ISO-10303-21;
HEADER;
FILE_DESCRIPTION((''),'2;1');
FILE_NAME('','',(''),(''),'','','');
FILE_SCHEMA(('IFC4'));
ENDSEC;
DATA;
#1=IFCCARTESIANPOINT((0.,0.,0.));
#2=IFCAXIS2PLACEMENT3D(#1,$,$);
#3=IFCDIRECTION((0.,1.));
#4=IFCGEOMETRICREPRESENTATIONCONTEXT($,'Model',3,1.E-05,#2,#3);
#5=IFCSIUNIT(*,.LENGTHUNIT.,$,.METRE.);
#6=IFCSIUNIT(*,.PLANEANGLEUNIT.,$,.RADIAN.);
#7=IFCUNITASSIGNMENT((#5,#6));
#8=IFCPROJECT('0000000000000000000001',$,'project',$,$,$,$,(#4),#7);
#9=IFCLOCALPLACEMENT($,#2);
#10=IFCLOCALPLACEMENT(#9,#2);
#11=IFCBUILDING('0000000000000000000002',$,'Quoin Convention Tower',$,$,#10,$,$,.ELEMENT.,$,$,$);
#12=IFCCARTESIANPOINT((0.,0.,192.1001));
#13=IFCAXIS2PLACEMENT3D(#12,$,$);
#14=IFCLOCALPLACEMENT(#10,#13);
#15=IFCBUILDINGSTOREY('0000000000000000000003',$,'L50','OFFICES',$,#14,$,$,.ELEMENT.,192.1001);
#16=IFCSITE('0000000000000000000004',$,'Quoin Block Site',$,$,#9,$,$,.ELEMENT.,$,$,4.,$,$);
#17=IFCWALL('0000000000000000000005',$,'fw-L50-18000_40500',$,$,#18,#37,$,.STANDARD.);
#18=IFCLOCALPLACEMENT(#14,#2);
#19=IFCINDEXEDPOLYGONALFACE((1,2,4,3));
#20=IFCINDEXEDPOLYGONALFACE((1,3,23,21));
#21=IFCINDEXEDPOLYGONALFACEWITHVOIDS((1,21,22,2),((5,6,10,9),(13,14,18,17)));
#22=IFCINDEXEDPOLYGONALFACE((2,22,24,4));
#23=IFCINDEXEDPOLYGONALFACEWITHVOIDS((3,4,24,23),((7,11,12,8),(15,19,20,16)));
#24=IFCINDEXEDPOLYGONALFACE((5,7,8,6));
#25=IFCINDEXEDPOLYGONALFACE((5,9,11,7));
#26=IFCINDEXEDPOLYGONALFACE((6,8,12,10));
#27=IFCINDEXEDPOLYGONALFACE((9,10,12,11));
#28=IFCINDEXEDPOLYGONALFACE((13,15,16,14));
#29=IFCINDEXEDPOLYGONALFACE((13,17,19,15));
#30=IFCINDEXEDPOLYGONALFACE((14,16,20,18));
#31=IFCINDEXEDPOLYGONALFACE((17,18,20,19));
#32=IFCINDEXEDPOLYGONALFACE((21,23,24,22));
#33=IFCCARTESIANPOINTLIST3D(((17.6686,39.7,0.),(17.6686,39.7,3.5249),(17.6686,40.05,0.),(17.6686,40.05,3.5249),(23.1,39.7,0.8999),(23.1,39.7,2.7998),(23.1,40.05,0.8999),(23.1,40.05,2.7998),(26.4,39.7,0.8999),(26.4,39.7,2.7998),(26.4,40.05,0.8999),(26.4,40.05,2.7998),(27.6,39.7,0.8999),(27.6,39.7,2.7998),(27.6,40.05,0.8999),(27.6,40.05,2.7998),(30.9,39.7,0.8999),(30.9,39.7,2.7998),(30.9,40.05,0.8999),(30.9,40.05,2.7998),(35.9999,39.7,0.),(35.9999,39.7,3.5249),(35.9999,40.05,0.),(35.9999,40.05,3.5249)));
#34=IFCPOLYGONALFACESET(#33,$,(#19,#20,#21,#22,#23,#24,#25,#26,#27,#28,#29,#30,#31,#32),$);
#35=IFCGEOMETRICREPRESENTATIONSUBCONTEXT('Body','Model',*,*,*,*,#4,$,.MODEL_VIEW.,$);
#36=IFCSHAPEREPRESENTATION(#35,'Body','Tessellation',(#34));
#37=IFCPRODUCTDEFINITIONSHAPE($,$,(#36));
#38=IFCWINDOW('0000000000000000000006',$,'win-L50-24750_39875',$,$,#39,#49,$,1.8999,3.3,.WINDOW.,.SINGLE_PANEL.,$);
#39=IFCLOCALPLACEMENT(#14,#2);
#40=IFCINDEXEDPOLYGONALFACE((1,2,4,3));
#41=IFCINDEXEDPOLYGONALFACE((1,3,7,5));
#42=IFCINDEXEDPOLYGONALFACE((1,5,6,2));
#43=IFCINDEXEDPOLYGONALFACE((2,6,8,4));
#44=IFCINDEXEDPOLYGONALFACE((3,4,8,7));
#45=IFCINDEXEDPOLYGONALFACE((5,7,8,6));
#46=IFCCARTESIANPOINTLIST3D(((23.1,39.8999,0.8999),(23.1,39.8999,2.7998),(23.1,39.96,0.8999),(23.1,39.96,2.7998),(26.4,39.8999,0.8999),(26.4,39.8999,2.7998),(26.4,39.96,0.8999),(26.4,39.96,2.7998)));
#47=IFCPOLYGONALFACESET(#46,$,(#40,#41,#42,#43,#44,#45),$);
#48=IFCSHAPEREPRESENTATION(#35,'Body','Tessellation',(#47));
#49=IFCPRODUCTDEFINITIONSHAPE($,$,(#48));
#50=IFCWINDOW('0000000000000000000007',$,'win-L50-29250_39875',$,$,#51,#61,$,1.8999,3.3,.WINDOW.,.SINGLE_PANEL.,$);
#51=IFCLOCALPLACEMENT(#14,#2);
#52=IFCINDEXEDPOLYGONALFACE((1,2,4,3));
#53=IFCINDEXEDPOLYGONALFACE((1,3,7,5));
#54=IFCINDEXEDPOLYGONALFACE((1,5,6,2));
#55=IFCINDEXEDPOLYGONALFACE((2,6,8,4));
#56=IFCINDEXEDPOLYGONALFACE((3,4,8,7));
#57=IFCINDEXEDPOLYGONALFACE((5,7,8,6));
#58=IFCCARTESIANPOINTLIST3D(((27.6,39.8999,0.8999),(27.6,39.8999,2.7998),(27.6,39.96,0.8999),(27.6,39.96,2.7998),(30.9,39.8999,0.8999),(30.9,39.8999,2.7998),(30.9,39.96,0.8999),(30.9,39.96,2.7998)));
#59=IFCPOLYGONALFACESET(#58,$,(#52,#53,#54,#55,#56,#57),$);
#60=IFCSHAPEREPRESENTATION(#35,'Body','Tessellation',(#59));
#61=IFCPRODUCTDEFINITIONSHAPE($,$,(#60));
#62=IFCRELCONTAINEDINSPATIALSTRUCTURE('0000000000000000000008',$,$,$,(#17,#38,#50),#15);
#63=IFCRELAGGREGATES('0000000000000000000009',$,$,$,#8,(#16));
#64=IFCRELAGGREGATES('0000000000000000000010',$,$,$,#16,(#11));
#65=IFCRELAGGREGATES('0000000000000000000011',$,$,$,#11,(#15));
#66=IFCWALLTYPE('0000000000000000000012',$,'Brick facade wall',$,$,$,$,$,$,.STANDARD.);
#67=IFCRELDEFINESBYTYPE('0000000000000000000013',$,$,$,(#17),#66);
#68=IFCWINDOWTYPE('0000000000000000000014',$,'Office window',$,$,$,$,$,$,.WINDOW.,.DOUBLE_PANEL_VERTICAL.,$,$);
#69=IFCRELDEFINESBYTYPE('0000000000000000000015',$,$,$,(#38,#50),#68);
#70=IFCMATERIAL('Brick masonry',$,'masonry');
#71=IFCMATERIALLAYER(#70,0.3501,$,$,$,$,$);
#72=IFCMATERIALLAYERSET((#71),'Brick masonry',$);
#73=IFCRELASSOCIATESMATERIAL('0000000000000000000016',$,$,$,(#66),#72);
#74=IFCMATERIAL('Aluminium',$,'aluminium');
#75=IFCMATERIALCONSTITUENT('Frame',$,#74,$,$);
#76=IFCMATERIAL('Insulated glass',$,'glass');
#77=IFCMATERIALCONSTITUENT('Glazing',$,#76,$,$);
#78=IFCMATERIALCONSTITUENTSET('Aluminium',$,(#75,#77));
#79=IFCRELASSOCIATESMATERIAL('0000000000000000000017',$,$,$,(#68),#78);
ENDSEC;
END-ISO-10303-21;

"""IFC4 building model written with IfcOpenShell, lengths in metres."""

from ifc_helpers import new_model, si_unit, direction, frame, frame_2d, origin, place, context, subcontext, project, spatial, rectangle, extrude, material, layer, layer_set, constituent, constituent_set, type_object, element, fill, save


model = new_model("IFC4")

# Units and contexts
model_context = context("Model", 3, precision=1e-05, world=origin(), true_north=direction((0.0, 1.0)))
body_context = subcontext(model_context, "Body", "Model", "MODEL_VIEW")
ifc_project = project(units=[si_unit("LENGTHUNIT", "METRE"), si_unit("PLANEANGLEUNIT", "RADIAN")], contexts=[model_context])

# Site, building, storey
site_placement = place(None, origin())
site = spatial("IfcSite", under=ifc_project, at=site_placement, Name="Quoin Block Site", CompositionType="ELEMENT", RefElevation=4.0)
building_placement = place(site_placement, origin())
building = spatial("IfcBuilding", under=site, at=building_placement, Name="Quoin Convention Tower", CompositionType="ELEMENT")
storey_placement = place(building_placement, frame((0.0, 0.0, 192.1001)))
storey = spatial("IfcBuildingStorey", under=building, at=storey_placement, Name="L50", Description="OFFICES", CompositionType="ELEMENT", Elevation=192.1001)

# Wall, openings, windows
ifc_material_1 = material(Name="Brick masonry", Category="masonry")
ifc_layer_1 = layer(ifc_material_1, 0.3501)
ifc_layer_set_1 = layer_set([ifc_layer_1], Name="Brick masonry")
wall_type = type_object("IfcWallType", Name="Brick facade wall", PredefinedType="STANDARD", material=ifc_layer_set_1)
ifc_material_2 = material(Name="Aluminium", Category="aluminium")
ifc_constituent_1 = constituent(ifc_material_2, Name="Frame")
ifc_material_3 = material(Name="Insulated glass", Category="glass")
ifc_constituent_2 = constituent(ifc_material_3, Name="Glazing")
ifc_constituent_set = constituent_set(constituents=[ifc_constituent_1, ifc_constituent_2], Name="Aluminium")
window_type = type_object("IfcWindowType", Name="Office window", PartitioningType="DOUBLE_PANEL_VERTICAL", PredefinedType="WINDOW", material=ifc_constituent_set)
wall_1_placement = place(storey_placement, frame((17.6687, 39.875, 0.0), z_axis=(0.0, 0.0, 1.0), x_axis=(1.0, 0.0, 0.0)))
wall_1 = element("IfcWall", 1, at=wall_1_placement, inside=storey, type_object=wall_type, Name="fw-L50-18000_40500", PredefinedType="STANDARD", context=body_context, shape_type="SweptSolid", body=[
    extrude(rectangle(XDim=18.3313, YDim=0.3501, at=frame_2d((9.1655, 0.0))), origin(), (0.0, 0.0, 1.0), 3.5249),
])
opening_1_placement = place(wall_1_placement, frame((5.4314, 0.0, 0.8999)))
opening_1 = element("IfcOpeningElement", 2, at=opening_1_placement, cuts=wall_1, PredefinedType="OPENING", context=body_context, shape_type="SweptSolid", body=[
    extrude(rectangle(XDim=3.3, YDim=1.8999, at=frame_2d((1.6499, 0.95))), frame((0.0, 0.1851, 0.0), z_axis=(0.0, -1.0, 0.0), x_axis=(1.0, 0.0, 0.0)), (0.0, 0.0, 1.0), 0.3701),
])
opening_2_placement = place(wall_1_placement, frame((9.9314, 0.0, 0.8999)))
opening_2 = element("IfcOpeningElement", 3, at=opening_2_placement, cuts=wall_1, PredefinedType="OPENING", context=body_context, shape_type="SweptSolid", body=[
    extrude(rectangle(XDim=3.3, YDim=1.8999, at=frame_2d((1.6499, 0.95))), frame((0.0, 0.1851, 0.0), z_axis=(0.0, -1.0, 0.0), x_axis=(1.0, 0.0, 0.0)), (0.0, 0.0, 1.0), 0.3701),
])
window_1_placement = place(opening_1_placement, origin())
window_1 = element("IfcWindow", 4, at=window_1_placement, inside=storey, type_object=window_type, Name="win-L50-24750_39875", OverallHeight=1.8999, OverallWidth=3.3, PartitioningType="SINGLE_PANEL", PredefinedType="WINDOW", context=body_context, shape_type="SweptSolid", body=[
    extrude(rectangle(XDim=3.3, YDim=1.8999, at=frame_2d((1.6499, 0.95))), frame((0.0, 0.085, 0.0), z_axis=(0.0, -1.0, 0.0), x_axis=(1.0, 0.0, 0.0)), (0.0, 0.0, 1.0), 0.0601),
])
fill(opening_1, window_1)
window_2_placement = place(opening_2_placement, origin())
window_2 = element("IfcWindow", 5, at=window_2_placement, inside=storey, type_object=window_type, Name="win-L50-29250_39875", OverallHeight=1.8999, OverallWidth=3.3, PartitioningType="SINGLE_PANEL", PredefinedType="WINDOW", context=body_context, shape_type="SweptSolid", body=[
    extrude(rectangle(XDim=3.3, YDim=1.8999, at=frame_2d((1.6499, 0.95))), frame((0.0, 0.085, 0.0), z_axis=(0.0, -1.0, 0.0), x_axis=(1.0, 0.0, 0.0)), (0.0, 0.0, 1.0), 0.0601),
])
fill(opening_2, window_2)

save(model, "model.ifc")
